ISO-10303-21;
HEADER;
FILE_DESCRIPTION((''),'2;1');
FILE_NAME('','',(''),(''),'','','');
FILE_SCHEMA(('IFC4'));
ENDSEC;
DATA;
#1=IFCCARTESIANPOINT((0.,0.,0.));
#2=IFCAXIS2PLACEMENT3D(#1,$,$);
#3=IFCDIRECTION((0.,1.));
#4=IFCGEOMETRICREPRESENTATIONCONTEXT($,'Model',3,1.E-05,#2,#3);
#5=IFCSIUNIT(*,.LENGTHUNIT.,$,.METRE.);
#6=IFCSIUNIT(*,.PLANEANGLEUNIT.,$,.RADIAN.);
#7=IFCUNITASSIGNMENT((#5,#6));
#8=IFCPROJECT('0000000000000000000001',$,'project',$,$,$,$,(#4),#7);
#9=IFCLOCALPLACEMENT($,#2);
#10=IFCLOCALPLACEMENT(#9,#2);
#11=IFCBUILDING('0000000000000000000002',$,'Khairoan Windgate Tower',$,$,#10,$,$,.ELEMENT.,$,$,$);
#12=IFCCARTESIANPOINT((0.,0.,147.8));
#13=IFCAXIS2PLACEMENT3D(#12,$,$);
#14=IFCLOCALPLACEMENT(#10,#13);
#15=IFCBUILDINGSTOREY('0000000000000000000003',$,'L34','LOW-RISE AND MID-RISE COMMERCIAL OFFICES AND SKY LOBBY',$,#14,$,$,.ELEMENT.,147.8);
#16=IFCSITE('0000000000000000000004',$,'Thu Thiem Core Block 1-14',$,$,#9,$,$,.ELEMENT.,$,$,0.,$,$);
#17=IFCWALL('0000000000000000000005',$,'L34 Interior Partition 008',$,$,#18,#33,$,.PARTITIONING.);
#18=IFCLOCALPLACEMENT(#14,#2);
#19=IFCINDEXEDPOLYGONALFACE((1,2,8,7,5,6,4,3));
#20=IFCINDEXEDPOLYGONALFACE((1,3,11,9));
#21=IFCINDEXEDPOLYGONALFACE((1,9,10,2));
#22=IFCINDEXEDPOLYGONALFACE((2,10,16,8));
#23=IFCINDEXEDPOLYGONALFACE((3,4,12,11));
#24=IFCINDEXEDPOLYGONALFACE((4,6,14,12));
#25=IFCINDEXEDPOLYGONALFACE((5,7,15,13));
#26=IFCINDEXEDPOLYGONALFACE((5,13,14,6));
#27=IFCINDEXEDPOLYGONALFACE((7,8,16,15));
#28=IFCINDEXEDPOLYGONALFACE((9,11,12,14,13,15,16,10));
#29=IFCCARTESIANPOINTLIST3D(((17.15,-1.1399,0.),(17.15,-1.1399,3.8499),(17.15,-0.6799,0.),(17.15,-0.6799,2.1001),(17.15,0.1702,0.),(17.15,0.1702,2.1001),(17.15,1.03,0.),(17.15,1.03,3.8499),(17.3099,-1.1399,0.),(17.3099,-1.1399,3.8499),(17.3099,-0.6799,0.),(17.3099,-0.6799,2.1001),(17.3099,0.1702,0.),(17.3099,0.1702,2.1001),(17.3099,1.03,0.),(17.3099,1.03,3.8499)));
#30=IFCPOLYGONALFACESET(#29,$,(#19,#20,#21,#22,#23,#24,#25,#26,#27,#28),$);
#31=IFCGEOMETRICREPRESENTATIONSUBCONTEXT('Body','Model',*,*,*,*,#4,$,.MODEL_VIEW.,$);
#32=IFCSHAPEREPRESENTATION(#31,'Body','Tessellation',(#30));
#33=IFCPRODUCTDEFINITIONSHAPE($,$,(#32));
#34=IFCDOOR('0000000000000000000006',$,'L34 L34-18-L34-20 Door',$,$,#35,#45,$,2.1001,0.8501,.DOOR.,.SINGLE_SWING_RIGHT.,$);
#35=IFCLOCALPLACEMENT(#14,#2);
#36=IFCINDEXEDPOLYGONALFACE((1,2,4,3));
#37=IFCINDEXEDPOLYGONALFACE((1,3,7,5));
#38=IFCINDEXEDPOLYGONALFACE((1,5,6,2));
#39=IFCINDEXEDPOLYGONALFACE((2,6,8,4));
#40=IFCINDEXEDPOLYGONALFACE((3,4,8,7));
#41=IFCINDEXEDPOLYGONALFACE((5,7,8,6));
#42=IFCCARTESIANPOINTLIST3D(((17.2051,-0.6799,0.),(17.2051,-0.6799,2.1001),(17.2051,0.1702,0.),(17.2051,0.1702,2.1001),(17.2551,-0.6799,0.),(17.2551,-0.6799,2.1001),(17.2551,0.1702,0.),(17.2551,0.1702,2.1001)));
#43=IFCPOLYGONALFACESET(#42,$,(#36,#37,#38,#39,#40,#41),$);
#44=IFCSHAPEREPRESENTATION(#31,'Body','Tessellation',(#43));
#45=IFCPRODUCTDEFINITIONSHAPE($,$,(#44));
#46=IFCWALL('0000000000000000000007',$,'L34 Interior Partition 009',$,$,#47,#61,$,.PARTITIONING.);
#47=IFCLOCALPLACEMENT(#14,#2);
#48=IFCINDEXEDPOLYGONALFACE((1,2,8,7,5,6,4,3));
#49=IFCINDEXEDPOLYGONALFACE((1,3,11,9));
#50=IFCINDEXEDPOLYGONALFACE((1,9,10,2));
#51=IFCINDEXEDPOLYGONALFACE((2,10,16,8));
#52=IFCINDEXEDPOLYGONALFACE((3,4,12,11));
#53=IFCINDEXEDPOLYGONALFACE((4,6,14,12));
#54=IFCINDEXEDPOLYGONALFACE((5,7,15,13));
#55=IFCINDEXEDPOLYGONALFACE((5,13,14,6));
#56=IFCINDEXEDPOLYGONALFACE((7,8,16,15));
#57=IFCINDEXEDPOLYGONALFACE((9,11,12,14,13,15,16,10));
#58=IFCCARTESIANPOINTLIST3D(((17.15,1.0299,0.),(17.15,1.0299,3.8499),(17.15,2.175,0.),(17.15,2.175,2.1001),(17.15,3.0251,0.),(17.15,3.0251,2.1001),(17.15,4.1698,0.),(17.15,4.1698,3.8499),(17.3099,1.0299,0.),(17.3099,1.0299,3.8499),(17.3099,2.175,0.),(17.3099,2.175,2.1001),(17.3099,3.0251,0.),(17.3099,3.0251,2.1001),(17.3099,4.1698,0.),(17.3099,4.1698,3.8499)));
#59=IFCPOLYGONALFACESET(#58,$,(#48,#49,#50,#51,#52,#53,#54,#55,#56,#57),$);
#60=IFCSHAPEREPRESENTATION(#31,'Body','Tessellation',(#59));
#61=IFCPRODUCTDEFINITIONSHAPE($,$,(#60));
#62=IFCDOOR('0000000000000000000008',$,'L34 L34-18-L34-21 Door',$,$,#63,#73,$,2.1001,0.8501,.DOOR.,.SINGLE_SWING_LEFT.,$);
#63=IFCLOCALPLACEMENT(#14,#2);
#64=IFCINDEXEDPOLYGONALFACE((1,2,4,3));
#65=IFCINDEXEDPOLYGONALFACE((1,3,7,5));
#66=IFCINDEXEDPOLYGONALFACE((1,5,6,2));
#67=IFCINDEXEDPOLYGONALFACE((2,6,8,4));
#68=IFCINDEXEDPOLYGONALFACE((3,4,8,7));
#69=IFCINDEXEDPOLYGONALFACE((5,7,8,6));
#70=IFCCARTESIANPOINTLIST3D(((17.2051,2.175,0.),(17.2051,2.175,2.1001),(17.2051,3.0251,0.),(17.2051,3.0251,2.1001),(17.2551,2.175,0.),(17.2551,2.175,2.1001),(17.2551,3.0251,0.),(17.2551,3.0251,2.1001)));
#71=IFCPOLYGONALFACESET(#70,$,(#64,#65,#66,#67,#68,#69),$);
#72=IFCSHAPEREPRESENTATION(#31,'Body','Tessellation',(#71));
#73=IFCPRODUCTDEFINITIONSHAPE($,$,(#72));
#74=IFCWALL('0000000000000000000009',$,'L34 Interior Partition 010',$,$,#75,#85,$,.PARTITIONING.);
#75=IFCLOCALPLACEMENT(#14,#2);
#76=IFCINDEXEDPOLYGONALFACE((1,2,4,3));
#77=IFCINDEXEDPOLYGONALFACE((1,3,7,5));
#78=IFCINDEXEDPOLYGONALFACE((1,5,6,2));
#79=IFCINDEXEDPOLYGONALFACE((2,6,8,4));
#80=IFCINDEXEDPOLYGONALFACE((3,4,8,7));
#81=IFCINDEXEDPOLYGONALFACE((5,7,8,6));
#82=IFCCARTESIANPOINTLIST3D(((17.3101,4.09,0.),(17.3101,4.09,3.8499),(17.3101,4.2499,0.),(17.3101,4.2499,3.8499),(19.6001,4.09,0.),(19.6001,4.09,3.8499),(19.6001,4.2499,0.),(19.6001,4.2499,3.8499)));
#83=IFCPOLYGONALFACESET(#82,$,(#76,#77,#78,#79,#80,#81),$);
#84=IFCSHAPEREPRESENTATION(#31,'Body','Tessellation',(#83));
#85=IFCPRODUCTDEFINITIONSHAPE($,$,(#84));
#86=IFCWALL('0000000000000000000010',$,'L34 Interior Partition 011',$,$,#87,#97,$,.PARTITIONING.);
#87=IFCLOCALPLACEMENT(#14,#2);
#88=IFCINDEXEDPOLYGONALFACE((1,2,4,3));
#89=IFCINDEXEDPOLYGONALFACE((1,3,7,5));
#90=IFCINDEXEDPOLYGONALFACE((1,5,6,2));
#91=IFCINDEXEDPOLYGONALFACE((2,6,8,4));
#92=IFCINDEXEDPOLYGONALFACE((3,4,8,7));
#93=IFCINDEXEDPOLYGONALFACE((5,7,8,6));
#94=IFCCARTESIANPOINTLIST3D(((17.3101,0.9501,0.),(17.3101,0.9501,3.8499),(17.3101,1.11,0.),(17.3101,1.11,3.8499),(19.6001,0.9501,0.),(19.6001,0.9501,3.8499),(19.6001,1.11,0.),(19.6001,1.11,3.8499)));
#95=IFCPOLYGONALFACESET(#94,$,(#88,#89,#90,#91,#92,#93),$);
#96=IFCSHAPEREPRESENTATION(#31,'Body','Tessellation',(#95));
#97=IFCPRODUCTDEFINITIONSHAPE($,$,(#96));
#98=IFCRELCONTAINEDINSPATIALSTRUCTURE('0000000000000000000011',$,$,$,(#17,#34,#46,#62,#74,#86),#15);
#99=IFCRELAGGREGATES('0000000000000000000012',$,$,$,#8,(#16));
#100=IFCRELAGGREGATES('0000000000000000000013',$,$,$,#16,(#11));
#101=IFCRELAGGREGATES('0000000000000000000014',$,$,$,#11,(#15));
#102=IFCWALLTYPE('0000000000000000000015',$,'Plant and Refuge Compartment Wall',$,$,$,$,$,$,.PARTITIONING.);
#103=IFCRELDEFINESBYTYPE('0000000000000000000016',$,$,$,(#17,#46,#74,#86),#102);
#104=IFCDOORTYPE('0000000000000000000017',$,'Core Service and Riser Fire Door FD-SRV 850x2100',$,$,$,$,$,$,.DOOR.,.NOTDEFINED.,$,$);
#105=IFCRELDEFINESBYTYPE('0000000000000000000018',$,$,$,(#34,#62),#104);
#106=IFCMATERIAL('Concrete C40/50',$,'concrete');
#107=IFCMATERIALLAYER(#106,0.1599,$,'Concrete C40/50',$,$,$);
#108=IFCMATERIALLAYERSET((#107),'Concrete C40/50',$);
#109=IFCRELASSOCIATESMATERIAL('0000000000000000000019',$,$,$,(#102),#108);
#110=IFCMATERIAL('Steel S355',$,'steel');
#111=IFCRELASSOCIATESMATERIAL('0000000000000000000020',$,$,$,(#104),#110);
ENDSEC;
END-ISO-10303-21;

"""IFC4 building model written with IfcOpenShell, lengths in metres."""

from ifc_helpers import new_model, si_unit, direction, frame, frame_2d, origin, place, context, subcontext, project, spatial, rectangle, extrude, material, layer, layer_set, type_object, element, fill, save


model = new_model("IFC4")

# Units and contexts
model_context = context("Model", 3, precision=1e-05, world=origin(), true_north=direction((0.0, 1.0)))
body_context = subcontext(model_context, "Body", "Model", "MODEL_VIEW")
ifc_project = project(units=[si_unit("LENGTHUNIT", "METRE"), si_unit("PLANEANGLEUNIT", "RADIAN")], contexts=[model_context])

# Site, building, storey
site_placement = place(None, origin())
site = spatial("IfcSite", under=ifc_project, at=site_placement, Name="Thu Thiem Core Block 1-14", CompositionType="ELEMENT", RefElevation=0.0)
building_placement = place(site_placement, origin())
building = spatial("IfcBuilding", under=site, at=building_placement, Name="Khairoan Windgate Tower", CompositionType="ELEMENT")
storey_placement = place(building_placement, frame((0.0, 0.0, 147.8)))
storey = spatial("IfcBuildingStorey", under=building, at=storey_placement, Name="L34", Description="LOW-RISE AND MID-RISE COMMERCIAL OFFICES AND SKY LOBBY", CompositionType="ELEMENT", Elevation=147.8)

# Walls, openings, doors
ifc_material_1 = material(Name="Concrete C40/50", Category="concrete")
ifc_layer_1 = layer(ifc_material_1, 0.1599, Name="Concrete C40/50")
ifc_layer_set_1 = layer_set([ifc_layer_1], Name="Concrete C40/50")
wall_type_1 = type_object("IfcWallType", Name="Plant and Refuge Compartment Wall", PredefinedType="PARTITIONING", material=ifc_layer_set_1)
ifc_material_2 = material(Name="Steel S355", Category="steel")
door_type = type_object("IfcDoorType", Name="Core Service and Riser Fire Door FD-SRV 850x2100", OperationType="NOTDEFINED", PredefinedType="DOOR", material=ifc_material_2)
wall_1_placement = place(storey_placement, frame((17.23, -1.1399, 0.0), z_axis=(0.0, 0.0, 1.0), x_axis=(0.0, 1.0, 0.0)))
wall_1 = element("IfcWall", 1, at=wall_1_placement, inside=storey, type_object=wall_type_1, Name="L34 Interior Partition 008", PredefinedType="PARTITIONING", context=body_context, shape_type="SweptSolid", body=[
    extrude(rectangle(XDim=2.1699, YDim=0.1599, at=frame_2d((1.085, 0.0))), origin(), (0.0, 0.0, 1.0), 3.8499),
])
opening_1_placement = place(wall_1_placement, frame((0.46, 0.0, 0.0)))
opening_1 = element("IfcOpeningElement", 2, at=opening_1_placement, cuts=wall_1, PredefinedType="OPENING", context=body_context, shape_type="SweptSolid", body=[
    extrude(rectangle(XDim=0.8501, YDim=2.1001, at=frame_2d((0.425, 1.05))), frame((0.0, 0.0898, 0.0), z_axis=(0.0, -1.0, 0.0), x_axis=(1.0, 0.0, 0.0)), (0.0, 0.0, 1.0), 0.1799),
])
door_1_placement = place(opening_1_placement, origin())
door_1 = element("IfcDoor", 3, at=door_1_placement, inside=storey, type_object=door_type, Name="L34 L34-18-L34-20 Door", OperationType="SINGLE_SWING_RIGHT", OverallHeight=2.1001, OverallWidth=0.8501, PredefinedType="DOOR", context=body_context, shape_type="SweptSolid", body=[
    extrude(rectangle(XDim=0.8501, YDim=2.1001, at=frame_2d((0.425, 1.05))), frame((0.0, 0.0249, 0.0), z_axis=(0.0, -1.0, 0.0), x_axis=(1.0, 0.0, 0.0)), (0.0, 0.0, 1.0), 0.05),
])
fill(opening_1, door_1)
wall_2_placement = place(storey_placement, frame((17.23, 1.03, 0.0), z_axis=(0.0, 0.0, 1.0), x_axis=(0.0, 1.0, 0.0)))
wall_2 = element("IfcWall", 4, at=wall_2_placement, inside=storey, type_object=wall_type_1, Name="L34 Interior Partition 009", PredefinedType="PARTITIONING", context=body_context, shape_type="SweptSolid", body=[
    extrude(rectangle(XDim=3.1399, YDim=0.1599, at=frame_2d((1.5698, 0.0))), origin(), (0.0, 0.0, 1.0), 3.8499),
])
opening_2_placement = place(wall_2_placement, frame((1.145, 0.0, 0.0)))
opening_2 = element("IfcOpeningElement", 5, at=opening_2_placement, cuts=wall_2, PredefinedType="OPENING", context=body_context, shape_type="SweptSolid", body=[
    extrude(rectangle(XDim=0.8501, YDim=2.1001, at=frame_2d((0.425, 1.05))), frame((0.0, 0.0898, 0.0), z_axis=(0.0, -1.0, 0.0), x_axis=(1.0, 0.0, 0.0)), (0.0, 0.0, 1.0), 0.1799),
])
door_2_placement = place(opening_2_placement, origin())
door_2 = element("IfcDoor", 6, at=door_2_placement, inside=storey, type_object=door_type, Name="L34 L34-18-L34-21 Door", OperationType="SINGLE_SWING_LEFT", OverallHeight=2.1001, OverallWidth=0.8501, PredefinedType="DOOR", context=body_context, shape_type="SweptSolid", body=[
    extrude(rectangle(XDim=0.8501, YDim=2.1001, at=frame_2d((0.425, 1.05))), frame((0.0, 0.0249, 0.0), z_axis=(0.0, -1.0, 0.0), x_axis=(1.0, 0.0, 0.0)), (0.0, 0.0, 1.0), 0.05),
])
fill(opening_2, door_2)

# Walls
for number, where, z_axis, x_axis, name in (
    (7, (17.3101, 4.1699, 0.0), (0.0, 0.0, 1.0), (1.0, 0.0, 0.0), "L34 Interior Partition 010"),
    (8, (17.3101, 1.03, 0.0), (0.0, 0.0, 1.0), (1.0, 0.0, 0.0), "L34 Interior Partition 011"),
):
    element("IfcWall", number, at=place(storey_placement, frame(where, z_axis=z_axis, x_axis=x_axis)), inside=storey, type_object=wall_type_1, Name=name, PredefinedType="PARTITIONING", context=body_context, shape_type="SweptSolid", body=[
        extrude(rectangle(XDim=2.29, YDim=0.1599, at=frame_2d((1.145, 0.0))), origin(), (0.0, 0.0, 1.0), 3.8499),
    ])

save(model, "model.ifc")
